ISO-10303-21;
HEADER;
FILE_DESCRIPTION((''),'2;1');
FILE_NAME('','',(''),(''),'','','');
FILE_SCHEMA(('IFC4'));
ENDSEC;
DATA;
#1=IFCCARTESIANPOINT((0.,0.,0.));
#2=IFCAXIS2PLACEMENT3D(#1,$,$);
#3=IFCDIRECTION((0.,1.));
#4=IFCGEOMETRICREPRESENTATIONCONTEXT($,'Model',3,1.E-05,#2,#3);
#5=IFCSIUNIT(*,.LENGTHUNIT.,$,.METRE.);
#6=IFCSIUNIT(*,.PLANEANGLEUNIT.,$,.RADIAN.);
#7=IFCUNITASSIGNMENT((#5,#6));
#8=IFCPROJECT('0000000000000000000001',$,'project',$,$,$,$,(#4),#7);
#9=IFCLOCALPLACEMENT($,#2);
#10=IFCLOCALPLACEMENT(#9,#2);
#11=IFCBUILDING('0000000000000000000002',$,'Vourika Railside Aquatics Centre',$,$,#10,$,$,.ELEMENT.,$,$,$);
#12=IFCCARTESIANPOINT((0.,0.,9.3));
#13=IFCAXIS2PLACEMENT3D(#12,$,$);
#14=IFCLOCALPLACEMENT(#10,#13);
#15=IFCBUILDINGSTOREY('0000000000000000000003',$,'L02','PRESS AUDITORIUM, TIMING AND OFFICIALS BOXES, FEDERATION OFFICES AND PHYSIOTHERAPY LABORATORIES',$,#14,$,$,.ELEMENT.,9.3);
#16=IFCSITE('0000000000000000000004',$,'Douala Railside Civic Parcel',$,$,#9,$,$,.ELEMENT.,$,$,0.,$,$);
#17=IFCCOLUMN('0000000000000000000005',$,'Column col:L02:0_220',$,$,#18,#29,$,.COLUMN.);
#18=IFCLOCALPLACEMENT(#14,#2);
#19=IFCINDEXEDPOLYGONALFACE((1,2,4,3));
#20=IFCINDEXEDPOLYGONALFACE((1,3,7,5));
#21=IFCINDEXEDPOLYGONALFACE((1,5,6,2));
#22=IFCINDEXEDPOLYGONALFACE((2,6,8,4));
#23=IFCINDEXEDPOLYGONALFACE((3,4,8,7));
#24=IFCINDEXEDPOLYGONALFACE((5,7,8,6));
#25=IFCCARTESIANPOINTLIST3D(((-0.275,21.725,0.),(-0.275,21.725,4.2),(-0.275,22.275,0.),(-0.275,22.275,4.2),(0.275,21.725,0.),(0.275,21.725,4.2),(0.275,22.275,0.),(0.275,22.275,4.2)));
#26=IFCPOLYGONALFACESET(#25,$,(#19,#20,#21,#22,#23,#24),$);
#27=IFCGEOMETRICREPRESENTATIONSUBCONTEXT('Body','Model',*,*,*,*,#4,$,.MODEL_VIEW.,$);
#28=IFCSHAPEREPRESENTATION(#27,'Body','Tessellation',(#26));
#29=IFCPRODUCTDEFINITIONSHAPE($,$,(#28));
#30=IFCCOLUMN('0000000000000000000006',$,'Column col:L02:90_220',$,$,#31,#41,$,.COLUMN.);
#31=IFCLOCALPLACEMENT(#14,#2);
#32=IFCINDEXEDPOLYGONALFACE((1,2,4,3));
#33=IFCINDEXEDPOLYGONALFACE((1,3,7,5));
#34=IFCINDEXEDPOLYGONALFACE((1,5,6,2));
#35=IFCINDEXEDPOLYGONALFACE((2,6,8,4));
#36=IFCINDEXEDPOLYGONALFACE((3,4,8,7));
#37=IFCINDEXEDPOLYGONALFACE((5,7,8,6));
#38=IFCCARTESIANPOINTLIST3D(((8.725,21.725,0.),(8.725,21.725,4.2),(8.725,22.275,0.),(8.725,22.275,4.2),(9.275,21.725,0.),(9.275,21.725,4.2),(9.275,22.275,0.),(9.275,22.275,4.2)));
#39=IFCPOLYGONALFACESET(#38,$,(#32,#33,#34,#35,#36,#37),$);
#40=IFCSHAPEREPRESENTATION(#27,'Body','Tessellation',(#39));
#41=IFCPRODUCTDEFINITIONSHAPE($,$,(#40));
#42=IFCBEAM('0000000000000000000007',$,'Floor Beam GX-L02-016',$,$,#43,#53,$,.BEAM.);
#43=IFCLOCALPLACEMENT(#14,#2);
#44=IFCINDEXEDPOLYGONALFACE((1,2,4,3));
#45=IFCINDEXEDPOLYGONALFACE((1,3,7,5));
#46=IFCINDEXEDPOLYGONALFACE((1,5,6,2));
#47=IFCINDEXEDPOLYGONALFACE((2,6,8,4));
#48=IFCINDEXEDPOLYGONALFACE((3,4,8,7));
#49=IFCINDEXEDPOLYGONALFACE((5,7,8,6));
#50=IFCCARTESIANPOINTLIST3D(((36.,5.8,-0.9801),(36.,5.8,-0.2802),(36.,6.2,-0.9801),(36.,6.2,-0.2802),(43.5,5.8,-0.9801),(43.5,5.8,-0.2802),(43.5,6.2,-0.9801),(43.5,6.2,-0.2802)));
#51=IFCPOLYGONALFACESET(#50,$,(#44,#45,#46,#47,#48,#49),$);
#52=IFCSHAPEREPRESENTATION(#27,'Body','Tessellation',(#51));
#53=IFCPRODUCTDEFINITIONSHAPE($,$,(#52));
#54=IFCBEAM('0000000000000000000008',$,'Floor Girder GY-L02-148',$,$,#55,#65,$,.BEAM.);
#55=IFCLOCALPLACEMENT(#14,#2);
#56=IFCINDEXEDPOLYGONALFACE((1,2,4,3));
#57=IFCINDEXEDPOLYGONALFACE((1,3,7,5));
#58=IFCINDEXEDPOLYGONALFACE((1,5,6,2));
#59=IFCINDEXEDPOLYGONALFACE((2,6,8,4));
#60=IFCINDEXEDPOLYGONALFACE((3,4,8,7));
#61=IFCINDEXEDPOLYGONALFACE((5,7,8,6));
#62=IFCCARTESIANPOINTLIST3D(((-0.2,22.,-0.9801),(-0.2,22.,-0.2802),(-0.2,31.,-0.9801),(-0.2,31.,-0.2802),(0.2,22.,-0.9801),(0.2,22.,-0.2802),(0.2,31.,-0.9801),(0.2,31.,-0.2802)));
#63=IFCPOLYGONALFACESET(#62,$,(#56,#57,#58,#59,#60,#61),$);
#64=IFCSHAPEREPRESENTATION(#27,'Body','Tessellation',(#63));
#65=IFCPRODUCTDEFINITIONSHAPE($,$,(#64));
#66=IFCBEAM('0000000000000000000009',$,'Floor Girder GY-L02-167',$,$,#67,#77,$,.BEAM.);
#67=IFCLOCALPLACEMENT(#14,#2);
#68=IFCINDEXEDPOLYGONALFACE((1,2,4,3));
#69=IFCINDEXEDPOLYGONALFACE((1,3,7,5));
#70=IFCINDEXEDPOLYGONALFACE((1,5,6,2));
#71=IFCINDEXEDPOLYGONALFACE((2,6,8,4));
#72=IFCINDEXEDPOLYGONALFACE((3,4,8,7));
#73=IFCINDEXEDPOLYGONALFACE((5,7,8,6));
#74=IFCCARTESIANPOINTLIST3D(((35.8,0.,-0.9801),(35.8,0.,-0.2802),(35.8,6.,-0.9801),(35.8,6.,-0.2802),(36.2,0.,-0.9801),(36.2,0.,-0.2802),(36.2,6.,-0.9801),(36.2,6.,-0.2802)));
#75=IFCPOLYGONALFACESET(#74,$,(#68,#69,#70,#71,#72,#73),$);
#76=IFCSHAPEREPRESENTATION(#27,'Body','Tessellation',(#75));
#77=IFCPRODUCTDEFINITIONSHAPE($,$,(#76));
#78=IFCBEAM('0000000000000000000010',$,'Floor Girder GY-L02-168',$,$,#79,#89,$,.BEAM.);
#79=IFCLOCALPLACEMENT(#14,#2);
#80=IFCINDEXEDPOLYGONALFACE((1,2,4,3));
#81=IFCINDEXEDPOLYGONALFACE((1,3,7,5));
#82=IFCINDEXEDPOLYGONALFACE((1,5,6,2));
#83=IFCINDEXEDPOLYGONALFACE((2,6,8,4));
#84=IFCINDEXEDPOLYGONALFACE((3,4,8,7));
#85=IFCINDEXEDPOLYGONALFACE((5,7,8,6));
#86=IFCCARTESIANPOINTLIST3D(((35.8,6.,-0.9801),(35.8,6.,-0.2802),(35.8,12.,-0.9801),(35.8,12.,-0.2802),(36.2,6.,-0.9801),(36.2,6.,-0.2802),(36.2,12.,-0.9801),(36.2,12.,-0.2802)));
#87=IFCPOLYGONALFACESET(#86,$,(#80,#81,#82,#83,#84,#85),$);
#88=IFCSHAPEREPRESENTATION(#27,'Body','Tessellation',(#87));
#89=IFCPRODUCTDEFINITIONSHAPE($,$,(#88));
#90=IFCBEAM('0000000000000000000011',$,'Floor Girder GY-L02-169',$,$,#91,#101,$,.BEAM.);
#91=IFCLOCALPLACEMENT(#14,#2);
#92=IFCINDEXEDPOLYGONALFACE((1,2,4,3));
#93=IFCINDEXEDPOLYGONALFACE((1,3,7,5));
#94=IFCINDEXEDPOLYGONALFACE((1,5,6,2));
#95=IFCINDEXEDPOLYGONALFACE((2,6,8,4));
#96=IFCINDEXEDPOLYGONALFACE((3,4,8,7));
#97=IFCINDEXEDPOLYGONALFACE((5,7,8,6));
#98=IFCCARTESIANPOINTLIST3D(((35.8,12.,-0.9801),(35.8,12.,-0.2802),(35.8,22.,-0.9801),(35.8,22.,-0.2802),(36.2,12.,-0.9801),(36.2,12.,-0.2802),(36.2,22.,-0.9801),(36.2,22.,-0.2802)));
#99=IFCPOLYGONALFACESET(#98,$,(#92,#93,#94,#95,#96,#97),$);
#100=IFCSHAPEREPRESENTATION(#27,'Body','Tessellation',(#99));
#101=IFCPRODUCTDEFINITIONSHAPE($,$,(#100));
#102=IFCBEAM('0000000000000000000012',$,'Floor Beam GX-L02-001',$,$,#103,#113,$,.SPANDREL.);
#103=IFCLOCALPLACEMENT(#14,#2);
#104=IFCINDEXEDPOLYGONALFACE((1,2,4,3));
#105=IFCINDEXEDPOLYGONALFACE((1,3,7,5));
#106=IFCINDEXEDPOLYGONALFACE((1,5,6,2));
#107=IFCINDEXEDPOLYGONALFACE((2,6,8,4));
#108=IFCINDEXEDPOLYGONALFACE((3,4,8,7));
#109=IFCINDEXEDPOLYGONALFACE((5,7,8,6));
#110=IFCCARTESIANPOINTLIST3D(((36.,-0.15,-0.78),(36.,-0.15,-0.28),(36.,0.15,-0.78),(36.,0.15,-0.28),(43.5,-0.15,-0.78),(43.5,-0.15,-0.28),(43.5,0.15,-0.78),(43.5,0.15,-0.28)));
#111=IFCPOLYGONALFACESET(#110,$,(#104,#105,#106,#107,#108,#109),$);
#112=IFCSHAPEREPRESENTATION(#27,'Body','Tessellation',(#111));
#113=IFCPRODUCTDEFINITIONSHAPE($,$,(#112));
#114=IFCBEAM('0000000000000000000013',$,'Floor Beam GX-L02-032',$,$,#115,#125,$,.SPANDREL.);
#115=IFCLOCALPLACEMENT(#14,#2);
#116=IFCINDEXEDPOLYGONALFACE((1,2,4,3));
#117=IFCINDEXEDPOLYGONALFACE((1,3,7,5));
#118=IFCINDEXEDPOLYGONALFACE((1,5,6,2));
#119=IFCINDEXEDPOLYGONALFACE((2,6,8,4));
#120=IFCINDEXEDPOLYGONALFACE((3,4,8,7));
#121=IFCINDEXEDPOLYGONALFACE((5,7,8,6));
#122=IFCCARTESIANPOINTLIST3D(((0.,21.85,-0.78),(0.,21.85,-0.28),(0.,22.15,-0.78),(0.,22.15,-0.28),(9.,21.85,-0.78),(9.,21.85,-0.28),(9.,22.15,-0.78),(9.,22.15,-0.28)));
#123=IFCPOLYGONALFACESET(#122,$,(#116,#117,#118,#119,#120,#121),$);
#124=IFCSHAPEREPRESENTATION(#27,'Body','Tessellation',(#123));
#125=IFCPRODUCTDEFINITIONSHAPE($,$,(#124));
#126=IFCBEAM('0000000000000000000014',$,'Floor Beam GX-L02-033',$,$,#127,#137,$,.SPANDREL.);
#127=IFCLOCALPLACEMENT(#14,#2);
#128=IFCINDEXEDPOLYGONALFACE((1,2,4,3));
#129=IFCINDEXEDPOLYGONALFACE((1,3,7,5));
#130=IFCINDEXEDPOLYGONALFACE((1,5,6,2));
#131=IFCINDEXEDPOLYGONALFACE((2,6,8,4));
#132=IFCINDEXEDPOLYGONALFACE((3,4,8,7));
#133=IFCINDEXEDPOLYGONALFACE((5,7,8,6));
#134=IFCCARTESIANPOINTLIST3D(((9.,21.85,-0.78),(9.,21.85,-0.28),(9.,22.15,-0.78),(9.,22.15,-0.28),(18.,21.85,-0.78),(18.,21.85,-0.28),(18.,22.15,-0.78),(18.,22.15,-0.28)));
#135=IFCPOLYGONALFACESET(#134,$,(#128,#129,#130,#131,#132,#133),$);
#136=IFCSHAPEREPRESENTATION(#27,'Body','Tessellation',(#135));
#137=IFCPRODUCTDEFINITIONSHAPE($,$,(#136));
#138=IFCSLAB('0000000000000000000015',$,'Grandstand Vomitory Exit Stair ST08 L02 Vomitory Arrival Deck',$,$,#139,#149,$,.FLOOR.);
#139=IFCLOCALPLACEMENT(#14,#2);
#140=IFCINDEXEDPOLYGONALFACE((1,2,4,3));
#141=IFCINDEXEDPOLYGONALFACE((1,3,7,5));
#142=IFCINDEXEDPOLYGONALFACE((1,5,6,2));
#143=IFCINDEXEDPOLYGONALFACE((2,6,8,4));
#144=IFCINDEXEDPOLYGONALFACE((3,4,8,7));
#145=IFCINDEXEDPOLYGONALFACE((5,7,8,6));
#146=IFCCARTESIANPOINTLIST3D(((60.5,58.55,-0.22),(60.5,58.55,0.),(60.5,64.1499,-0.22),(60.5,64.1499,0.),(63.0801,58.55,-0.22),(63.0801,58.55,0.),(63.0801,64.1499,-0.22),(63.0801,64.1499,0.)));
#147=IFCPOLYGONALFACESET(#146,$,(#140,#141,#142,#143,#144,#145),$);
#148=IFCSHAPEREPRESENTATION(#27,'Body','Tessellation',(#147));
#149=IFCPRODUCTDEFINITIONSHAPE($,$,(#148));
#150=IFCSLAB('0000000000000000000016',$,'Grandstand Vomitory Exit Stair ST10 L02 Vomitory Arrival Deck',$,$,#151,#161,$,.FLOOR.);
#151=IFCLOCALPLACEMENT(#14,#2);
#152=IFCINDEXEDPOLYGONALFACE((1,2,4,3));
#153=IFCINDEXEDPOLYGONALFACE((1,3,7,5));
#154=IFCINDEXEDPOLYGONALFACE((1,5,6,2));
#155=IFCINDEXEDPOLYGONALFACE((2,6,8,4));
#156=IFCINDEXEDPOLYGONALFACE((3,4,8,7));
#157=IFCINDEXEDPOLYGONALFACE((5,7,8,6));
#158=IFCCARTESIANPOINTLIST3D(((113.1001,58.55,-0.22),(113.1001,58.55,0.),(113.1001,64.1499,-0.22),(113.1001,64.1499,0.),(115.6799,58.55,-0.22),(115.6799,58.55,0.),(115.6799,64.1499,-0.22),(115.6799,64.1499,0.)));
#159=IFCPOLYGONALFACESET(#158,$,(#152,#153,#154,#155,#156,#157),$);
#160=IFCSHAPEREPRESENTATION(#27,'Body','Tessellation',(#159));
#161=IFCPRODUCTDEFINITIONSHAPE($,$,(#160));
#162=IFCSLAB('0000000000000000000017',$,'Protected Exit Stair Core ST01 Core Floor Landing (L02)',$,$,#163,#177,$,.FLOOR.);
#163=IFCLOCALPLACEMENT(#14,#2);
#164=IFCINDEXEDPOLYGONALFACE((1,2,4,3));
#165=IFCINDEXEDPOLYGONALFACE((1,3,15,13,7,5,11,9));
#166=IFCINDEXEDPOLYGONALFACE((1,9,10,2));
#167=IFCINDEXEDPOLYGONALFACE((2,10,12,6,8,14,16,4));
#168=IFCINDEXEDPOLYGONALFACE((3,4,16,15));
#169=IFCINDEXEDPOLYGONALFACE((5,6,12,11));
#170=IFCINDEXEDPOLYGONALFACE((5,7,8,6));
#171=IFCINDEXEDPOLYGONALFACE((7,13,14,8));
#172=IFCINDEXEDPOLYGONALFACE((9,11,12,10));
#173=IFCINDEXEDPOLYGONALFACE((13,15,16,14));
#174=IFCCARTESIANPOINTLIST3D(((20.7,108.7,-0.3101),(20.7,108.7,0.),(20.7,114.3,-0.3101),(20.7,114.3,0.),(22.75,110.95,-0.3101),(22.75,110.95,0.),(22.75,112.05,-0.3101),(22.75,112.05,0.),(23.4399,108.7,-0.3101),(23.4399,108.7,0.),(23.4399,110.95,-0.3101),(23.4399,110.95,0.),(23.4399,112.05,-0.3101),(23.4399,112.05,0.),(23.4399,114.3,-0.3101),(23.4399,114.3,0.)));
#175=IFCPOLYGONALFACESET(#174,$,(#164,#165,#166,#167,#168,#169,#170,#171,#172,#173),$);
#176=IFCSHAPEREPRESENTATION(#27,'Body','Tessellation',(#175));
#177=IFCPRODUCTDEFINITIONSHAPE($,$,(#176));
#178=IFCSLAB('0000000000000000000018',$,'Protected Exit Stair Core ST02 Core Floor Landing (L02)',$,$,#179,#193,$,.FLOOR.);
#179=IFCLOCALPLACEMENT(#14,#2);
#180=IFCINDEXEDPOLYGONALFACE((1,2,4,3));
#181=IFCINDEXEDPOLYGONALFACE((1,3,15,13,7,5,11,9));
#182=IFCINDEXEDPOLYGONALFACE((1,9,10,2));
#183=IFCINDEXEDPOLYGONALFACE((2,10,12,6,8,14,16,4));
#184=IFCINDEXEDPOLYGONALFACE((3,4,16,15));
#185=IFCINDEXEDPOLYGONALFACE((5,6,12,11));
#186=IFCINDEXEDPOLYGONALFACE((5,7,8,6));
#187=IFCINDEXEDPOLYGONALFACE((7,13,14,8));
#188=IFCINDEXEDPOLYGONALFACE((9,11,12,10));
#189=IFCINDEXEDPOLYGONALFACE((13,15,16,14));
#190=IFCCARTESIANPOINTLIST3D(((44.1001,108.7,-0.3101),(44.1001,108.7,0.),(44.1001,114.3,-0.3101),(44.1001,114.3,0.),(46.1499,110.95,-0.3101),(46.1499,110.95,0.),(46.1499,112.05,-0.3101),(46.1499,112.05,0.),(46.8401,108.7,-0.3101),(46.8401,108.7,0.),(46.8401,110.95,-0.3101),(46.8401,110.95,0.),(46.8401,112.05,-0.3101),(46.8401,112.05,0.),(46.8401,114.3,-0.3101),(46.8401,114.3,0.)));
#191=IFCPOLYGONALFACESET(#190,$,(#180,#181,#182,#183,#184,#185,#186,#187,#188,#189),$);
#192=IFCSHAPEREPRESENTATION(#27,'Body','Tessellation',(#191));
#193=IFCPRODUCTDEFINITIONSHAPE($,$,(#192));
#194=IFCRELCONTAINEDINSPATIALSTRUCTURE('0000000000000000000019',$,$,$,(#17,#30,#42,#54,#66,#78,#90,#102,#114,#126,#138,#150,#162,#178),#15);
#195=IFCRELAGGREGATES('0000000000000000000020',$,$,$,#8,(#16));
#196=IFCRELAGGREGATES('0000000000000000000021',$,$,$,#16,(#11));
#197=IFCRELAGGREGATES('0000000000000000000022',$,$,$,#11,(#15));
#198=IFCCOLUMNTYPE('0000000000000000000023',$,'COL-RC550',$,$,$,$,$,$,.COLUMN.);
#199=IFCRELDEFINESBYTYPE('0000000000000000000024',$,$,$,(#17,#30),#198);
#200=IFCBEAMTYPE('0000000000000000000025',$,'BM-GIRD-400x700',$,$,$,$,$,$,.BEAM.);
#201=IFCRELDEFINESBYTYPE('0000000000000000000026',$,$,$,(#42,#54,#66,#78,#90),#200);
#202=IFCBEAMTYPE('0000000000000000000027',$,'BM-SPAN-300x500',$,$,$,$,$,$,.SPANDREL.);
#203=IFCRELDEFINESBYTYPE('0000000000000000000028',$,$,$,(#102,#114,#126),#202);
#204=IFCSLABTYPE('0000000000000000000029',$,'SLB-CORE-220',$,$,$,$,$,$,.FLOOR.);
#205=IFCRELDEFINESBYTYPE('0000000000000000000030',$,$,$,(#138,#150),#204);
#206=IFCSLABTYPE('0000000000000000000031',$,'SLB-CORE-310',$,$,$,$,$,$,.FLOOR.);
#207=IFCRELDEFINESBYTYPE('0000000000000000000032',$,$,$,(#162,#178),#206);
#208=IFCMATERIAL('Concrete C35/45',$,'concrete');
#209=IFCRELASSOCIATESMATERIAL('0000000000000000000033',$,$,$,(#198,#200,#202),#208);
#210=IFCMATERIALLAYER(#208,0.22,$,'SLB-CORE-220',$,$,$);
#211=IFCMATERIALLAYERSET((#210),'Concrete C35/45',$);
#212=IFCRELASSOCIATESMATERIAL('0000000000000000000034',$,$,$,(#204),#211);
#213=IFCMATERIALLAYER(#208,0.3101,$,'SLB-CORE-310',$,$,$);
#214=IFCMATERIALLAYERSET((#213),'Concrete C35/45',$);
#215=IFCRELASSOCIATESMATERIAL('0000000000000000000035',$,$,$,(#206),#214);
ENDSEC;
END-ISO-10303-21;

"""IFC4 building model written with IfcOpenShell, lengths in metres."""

from ifc_helpers import new_model, si_unit, direction, frame, origin, origin_2d, place, context, subcontext, project, spatial, polyline, rectangle, outline, extrude, material, layer, layer_set, material_profile, profile_set, type_object, element, save


model = new_model("IFC4")

# Units and contexts
model_context = context("Model", 3, precision=1e-05, world=origin(), true_north=direction((0.0, 1.0)))
body_context = subcontext(model_context, "Body", "Model", "MODEL_VIEW")
ifc_project = project(units=[si_unit("LENGTHUNIT", "METRE"), si_unit("PLANEANGLEUNIT", "RADIAN")], contexts=[model_context])

# Site, building, storey
site_placement = place(None, origin())
site = spatial("IfcSite", under=ifc_project, at=site_placement, Name="Douala Railside Civic Parcel", CompositionType="ELEMENT", RefElevation=0.0)
building_placement = place(site_placement, origin())
building = spatial("IfcBuilding", under=site, at=building_placement, Name="Vourika Railside Aquatics Centre", CompositionType="ELEMENT")
storey_placement = place(building_placement, frame((0.0, 0.0, 9.3)))
storey = spatial("IfcBuildingStorey", under=building, at=storey_placement, Name="L02", Description="PRESS AUDITORIUM, TIMING AND OFFICIALS BOXES, FEDERATION OFFICES AND PHYSIOTHERAPY LABORATORIES", CompositionType="ELEMENT", Elevation=9.3)

# Columns
ifc_material_1 = material(Name="Concrete C35/45", Category="concrete")
ifc_material_profile_1 = material_profile(ifc_material_1, rectangle(XDim=0.55, YDim=0.55, at=origin_2d()), Name="RC 550x550")
ifc_profile_set_1 = profile_set([ifc_material_profile_1], Name="Concrete C35/45")
column_type = type_object("IfcColumnType", Name="COL-RC550", PredefinedType="COLUMN", material=ifc_profile_set_1)
for number, where, z_axis, x_axis, name in (
    (1, (0.0, 22.0, 0.0), (0.0, 0.0, 1.0), (1.0, 0.0, 0.0), "Column col:L02:0_220"),
    (2, (9.0, 22.0, 0.0), (0.0, 0.0, 1.0), (1.0, 0.0, 0.0), "Column col:L02:90_220"),
):
    element("IfcColumn", number, at=place(storey_placement, frame(where, z_axis=z_axis, x_axis=x_axis)), inside=storey, type_object=column_type, Name=name, PredefinedType="COLUMN", context=body_context, shape_type="SweptSolid", body=[
        extrude(rectangle(XDim=0.55, YDim=0.55, at=origin_2d()), origin(), (0.0, 0.0, 1.0), 4.2),
    ])

# Beams
ifc_material_profile_2 = material_profile(ifc_material_1, rectangle(XDim=0.3999, YDim=0.7, at=origin_2d()), Name="RC 400x700")
ifc_profile_set_2 = profile_set([ifc_material_profile_2], Name="Concrete C35/45")
beam_type_1 = type_object("IfcBeamType", Name="BM-GIRD-400x700", PredefinedType="BEAM", material=ifc_profile_set_2)
beam_1_placement = place(storey_placement, frame((36.0, 6.0, -0.6301), z_axis=(1.0, 0.0, 0.0), x_axis=(0.0, 1.0, 0.0)))
element("IfcBeam", 3, at=beam_1_placement, inside=storey, type_object=beam_type_1, Name="Floor Beam GX-L02-016", PredefinedType="BEAM", context=body_context, shape_type="SweptSolid", body=[
    extrude(rectangle(XDim=0.3999, YDim=0.7, at=origin_2d()), origin(), (0.0, 0.0, 1.0), 7.5),
])
beam_2_placement = place(storey_placement, frame((0.0, 22.0, -0.6301), z_axis=(0.0, 1.0, 0.0), x_axis=(-1.0, 0.0, 0.0)))
element("IfcBeam", 4, at=beam_2_placement, inside=storey, type_object=beam_type_1, Name="Floor Girder GY-L02-148", PredefinedType="BEAM", context=body_context, shape_type="SweptSolid", body=[
    extrude(rectangle(XDim=0.3999, YDim=0.7, at=origin_2d()), origin(), (0.0, 0.0, 1.0), 9.0),
])
for number, where, z_axis, x_axis, name in (
    (5, (36.0, 0.0, -0.6301), (0.0, 1.0, 0.0), (-1.0, 0.0, 0.0), "Floor Girder GY-L02-167"),
    (6, (36.0, 6.0, -0.6301), (0.0, 1.0, 0.0), (-1.0, 0.0, 0.0), "Floor Girder GY-L02-168"),
):
    element("IfcBeam", number, at=place(storey_placement, frame(where, z_axis=z_axis, x_axis=x_axis)), inside=storey, type_object=beam_type_1, Name=name, PredefinedType="BEAM", context=body_context, shape_type="SweptSolid", body=[
        extrude(rectangle(XDim=0.3999, YDim=0.7, at=origin_2d()), origin(), (0.0, 0.0, 1.0), 6.0),
    ])
beam_3_placement = place(storey_placement, frame((36.0, 12.0, -0.6301), z_axis=(0.0, 1.0, 0.0), x_axis=(-1.0, 0.0, 0.0)))
element("IfcBeam", 7, at=beam_3_placement, inside=storey, type_object=beam_type_1, Name="Floor Girder GY-L02-169", PredefinedType="BEAM", context=body_context, shape_type="SweptSolid", body=[
    extrude(rectangle(XDim=0.3999, YDim=0.7, at=origin_2d()), origin(), (0.0, 0.0, 1.0), 10.0),
])
ifc_material_profile_3 = material_profile(ifc_material_1, rectangle(XDim=0.3, YDim=0.5, at=origin_2d()), Name="RC 300x500")
ifc_profile_set_3 = profile_set([ifc_material_profile_3], Name="Concrete C35/45")
beam_type_2 = type_object("IfcBeamType", Name="BM-SPAN-300x500", PredefinedType="SPANDREL", material=ifc_profile_set_3)
beam_4_placement = place(storey_placement, frame((36.0, 0.0, -0.53), z_axis=(1.0, 0.0, 0.0), x_axis=(0.0, 1.0, 0.0)))
element("IfcBeam", 8, at=beam_4_placement, inside=storey, type_object=beam_type_2, Name="Floor Beam GX-L02-001", PredefinedType="SPANDREL", context=body_context, shape_type="SweptSolid", body=[
    extrude(rectangle(XDim=0.3, YDim=0.5, at=origin_2d()), origin(), (0.0, 0.0, 1.0), 7.5),
])
for number, where, z_axis, x_axis, name in (
    (9, (0.0, 22.0, -0.53), (1.0, 0.0, 0.0), (0.0, 1.0, 0.0), "Floor Beam GX-L02-032"),
    (10, (9.0, 22.0, -0.53), (1.0, 0.0, 0.0), (0.0, 1.0, 0.0), "Floor Beam GX-L02-033"),
):
    element("IfcBeam", number, at=place(storey_placement, frame(where, z_axis=z_axis, x_axis=x_axis)), inside=storey, type_object=beam_type_2, Name=name, PredefinedType="SPANDREL", context=body_context, shape_type="SweptSolid", body=[
        extrude(rectangle(XDim=0.3, YDim=0.5, at=origin_2d()), origin(), (0.0, 0.0, 1.0), 9.0),
    ])

# Slabs
ifc_layer_1 = layer(ifc_material_1, 0.22, Name="SLB-CORE-220")
ifc_layer_set_1 = layer_set([ifc_layer_1], Name="Concrete C35/45")
slab_type_1 = type_object("IfcSlabType", Name="SLB-CORE-220", PredefinedType="FLOOR", material=ifc_layer_set_1)
slab_1_placement = place(storey_placement, frame((0.0, 0.0, -0.22)))
element("IfcSlab", 11, at=slab_1_placement, inside=storey, type_object=slab_type_1, Name="Grandstand Vomitory Exit Stair ST08 L02 Vomitory Arrival Deck", PredefinedType="FLOOR", context=body_context, shape_type="SweptSolid", body=[
    extrude(outline(polyline([(60.5, 58.55), (63.0801, 58.55), (63.0801, 64.1499), (60.5, 64.1499), (60.5, 58.55)])), origin(), (0.0, 0.0, 1.0), 0.22),
])
slab_2_placement = place(storey_placement, frame((0.0, 0.0, -0.22)))
element("IfcSlab", 12, at=slab_2_placement, inside=storey, type_object=slab_type_1, Name="Grandstand Vomitory Exit Stair ST10 L02 Vomitory Arrival Deck", PredefinedType="FLOOR", context=body_context, shape_type="SweptSolid", body=[
    extrude(outline(polyline([(113.1001, 58.55), (115.6799, 58.55), (115.6799, 64.1499), (113.1001, 64.1499), (113.1001, 58.55)])), origin(), (0.0, 0.0, 1.0), 0.22),
])
ifc_layer_2 = layer(ifc_material_1, 0.3101, Name="SLB-CORE-310")
ifc_layer_set_2 = layer_set([ifc_layer_2], Name="Concrete C35/45")
slab_type_2 = type_object("IfcSlabType", Name="SLB-CORE-310", PredefinedType="FLOOR", material=ifc_layer_set_2)
slab_3_placement = place(storey_placement, frame((0.0, 0.0, -0.3101)))
element("IfcSlab", 13, at=slab_3_placement, inside=storey, type_object=slab_type_2, Name="Protected Exit Stair Core ST01 Core Floor Landing (L02)", PredefinedType="FLOOR", context=body_context, shape_type="SweptSolid", body=[
    extrude(outline(polyline([(20.7, 108.7), (23.4399, 108.7), (23.4399, 110.95), (22.75, 110.95), (22.75, 112.05), (23.4399, 112.05), (23.4399, 114.3), (20.7, 114.3), (20.7, 108.7)])), origin(), (0.0, 0.0, 1.0), 0.3101),
])
slab_4_placement = place(storey_placement, frame((0.0, 0.0, -0.3101)))
element("IfcSlab", 14, at=slab_4_placement, inside=storey, type_object=slab_type_2, Name="Protected Exit Stair Core ST02 Core Floor Landing (L02)", PredefinedType="FLOOR", context=body_context, shape_type="SweptSolid", body=[
    extrude(outline(polyline([(44.1001, 108.7), (46.8401, 108.7), (46.8401, 110.95), (46.1499, 110.95), (46.1499, 112.05), (46.8401, 112.05), (46.8401, 114.3), (44.1001, 114.3), (44.1001, 108.7)])), origin(), (0.0, 0.0, 1.0), 0.3101),
])

save(model, "model.ifc")
